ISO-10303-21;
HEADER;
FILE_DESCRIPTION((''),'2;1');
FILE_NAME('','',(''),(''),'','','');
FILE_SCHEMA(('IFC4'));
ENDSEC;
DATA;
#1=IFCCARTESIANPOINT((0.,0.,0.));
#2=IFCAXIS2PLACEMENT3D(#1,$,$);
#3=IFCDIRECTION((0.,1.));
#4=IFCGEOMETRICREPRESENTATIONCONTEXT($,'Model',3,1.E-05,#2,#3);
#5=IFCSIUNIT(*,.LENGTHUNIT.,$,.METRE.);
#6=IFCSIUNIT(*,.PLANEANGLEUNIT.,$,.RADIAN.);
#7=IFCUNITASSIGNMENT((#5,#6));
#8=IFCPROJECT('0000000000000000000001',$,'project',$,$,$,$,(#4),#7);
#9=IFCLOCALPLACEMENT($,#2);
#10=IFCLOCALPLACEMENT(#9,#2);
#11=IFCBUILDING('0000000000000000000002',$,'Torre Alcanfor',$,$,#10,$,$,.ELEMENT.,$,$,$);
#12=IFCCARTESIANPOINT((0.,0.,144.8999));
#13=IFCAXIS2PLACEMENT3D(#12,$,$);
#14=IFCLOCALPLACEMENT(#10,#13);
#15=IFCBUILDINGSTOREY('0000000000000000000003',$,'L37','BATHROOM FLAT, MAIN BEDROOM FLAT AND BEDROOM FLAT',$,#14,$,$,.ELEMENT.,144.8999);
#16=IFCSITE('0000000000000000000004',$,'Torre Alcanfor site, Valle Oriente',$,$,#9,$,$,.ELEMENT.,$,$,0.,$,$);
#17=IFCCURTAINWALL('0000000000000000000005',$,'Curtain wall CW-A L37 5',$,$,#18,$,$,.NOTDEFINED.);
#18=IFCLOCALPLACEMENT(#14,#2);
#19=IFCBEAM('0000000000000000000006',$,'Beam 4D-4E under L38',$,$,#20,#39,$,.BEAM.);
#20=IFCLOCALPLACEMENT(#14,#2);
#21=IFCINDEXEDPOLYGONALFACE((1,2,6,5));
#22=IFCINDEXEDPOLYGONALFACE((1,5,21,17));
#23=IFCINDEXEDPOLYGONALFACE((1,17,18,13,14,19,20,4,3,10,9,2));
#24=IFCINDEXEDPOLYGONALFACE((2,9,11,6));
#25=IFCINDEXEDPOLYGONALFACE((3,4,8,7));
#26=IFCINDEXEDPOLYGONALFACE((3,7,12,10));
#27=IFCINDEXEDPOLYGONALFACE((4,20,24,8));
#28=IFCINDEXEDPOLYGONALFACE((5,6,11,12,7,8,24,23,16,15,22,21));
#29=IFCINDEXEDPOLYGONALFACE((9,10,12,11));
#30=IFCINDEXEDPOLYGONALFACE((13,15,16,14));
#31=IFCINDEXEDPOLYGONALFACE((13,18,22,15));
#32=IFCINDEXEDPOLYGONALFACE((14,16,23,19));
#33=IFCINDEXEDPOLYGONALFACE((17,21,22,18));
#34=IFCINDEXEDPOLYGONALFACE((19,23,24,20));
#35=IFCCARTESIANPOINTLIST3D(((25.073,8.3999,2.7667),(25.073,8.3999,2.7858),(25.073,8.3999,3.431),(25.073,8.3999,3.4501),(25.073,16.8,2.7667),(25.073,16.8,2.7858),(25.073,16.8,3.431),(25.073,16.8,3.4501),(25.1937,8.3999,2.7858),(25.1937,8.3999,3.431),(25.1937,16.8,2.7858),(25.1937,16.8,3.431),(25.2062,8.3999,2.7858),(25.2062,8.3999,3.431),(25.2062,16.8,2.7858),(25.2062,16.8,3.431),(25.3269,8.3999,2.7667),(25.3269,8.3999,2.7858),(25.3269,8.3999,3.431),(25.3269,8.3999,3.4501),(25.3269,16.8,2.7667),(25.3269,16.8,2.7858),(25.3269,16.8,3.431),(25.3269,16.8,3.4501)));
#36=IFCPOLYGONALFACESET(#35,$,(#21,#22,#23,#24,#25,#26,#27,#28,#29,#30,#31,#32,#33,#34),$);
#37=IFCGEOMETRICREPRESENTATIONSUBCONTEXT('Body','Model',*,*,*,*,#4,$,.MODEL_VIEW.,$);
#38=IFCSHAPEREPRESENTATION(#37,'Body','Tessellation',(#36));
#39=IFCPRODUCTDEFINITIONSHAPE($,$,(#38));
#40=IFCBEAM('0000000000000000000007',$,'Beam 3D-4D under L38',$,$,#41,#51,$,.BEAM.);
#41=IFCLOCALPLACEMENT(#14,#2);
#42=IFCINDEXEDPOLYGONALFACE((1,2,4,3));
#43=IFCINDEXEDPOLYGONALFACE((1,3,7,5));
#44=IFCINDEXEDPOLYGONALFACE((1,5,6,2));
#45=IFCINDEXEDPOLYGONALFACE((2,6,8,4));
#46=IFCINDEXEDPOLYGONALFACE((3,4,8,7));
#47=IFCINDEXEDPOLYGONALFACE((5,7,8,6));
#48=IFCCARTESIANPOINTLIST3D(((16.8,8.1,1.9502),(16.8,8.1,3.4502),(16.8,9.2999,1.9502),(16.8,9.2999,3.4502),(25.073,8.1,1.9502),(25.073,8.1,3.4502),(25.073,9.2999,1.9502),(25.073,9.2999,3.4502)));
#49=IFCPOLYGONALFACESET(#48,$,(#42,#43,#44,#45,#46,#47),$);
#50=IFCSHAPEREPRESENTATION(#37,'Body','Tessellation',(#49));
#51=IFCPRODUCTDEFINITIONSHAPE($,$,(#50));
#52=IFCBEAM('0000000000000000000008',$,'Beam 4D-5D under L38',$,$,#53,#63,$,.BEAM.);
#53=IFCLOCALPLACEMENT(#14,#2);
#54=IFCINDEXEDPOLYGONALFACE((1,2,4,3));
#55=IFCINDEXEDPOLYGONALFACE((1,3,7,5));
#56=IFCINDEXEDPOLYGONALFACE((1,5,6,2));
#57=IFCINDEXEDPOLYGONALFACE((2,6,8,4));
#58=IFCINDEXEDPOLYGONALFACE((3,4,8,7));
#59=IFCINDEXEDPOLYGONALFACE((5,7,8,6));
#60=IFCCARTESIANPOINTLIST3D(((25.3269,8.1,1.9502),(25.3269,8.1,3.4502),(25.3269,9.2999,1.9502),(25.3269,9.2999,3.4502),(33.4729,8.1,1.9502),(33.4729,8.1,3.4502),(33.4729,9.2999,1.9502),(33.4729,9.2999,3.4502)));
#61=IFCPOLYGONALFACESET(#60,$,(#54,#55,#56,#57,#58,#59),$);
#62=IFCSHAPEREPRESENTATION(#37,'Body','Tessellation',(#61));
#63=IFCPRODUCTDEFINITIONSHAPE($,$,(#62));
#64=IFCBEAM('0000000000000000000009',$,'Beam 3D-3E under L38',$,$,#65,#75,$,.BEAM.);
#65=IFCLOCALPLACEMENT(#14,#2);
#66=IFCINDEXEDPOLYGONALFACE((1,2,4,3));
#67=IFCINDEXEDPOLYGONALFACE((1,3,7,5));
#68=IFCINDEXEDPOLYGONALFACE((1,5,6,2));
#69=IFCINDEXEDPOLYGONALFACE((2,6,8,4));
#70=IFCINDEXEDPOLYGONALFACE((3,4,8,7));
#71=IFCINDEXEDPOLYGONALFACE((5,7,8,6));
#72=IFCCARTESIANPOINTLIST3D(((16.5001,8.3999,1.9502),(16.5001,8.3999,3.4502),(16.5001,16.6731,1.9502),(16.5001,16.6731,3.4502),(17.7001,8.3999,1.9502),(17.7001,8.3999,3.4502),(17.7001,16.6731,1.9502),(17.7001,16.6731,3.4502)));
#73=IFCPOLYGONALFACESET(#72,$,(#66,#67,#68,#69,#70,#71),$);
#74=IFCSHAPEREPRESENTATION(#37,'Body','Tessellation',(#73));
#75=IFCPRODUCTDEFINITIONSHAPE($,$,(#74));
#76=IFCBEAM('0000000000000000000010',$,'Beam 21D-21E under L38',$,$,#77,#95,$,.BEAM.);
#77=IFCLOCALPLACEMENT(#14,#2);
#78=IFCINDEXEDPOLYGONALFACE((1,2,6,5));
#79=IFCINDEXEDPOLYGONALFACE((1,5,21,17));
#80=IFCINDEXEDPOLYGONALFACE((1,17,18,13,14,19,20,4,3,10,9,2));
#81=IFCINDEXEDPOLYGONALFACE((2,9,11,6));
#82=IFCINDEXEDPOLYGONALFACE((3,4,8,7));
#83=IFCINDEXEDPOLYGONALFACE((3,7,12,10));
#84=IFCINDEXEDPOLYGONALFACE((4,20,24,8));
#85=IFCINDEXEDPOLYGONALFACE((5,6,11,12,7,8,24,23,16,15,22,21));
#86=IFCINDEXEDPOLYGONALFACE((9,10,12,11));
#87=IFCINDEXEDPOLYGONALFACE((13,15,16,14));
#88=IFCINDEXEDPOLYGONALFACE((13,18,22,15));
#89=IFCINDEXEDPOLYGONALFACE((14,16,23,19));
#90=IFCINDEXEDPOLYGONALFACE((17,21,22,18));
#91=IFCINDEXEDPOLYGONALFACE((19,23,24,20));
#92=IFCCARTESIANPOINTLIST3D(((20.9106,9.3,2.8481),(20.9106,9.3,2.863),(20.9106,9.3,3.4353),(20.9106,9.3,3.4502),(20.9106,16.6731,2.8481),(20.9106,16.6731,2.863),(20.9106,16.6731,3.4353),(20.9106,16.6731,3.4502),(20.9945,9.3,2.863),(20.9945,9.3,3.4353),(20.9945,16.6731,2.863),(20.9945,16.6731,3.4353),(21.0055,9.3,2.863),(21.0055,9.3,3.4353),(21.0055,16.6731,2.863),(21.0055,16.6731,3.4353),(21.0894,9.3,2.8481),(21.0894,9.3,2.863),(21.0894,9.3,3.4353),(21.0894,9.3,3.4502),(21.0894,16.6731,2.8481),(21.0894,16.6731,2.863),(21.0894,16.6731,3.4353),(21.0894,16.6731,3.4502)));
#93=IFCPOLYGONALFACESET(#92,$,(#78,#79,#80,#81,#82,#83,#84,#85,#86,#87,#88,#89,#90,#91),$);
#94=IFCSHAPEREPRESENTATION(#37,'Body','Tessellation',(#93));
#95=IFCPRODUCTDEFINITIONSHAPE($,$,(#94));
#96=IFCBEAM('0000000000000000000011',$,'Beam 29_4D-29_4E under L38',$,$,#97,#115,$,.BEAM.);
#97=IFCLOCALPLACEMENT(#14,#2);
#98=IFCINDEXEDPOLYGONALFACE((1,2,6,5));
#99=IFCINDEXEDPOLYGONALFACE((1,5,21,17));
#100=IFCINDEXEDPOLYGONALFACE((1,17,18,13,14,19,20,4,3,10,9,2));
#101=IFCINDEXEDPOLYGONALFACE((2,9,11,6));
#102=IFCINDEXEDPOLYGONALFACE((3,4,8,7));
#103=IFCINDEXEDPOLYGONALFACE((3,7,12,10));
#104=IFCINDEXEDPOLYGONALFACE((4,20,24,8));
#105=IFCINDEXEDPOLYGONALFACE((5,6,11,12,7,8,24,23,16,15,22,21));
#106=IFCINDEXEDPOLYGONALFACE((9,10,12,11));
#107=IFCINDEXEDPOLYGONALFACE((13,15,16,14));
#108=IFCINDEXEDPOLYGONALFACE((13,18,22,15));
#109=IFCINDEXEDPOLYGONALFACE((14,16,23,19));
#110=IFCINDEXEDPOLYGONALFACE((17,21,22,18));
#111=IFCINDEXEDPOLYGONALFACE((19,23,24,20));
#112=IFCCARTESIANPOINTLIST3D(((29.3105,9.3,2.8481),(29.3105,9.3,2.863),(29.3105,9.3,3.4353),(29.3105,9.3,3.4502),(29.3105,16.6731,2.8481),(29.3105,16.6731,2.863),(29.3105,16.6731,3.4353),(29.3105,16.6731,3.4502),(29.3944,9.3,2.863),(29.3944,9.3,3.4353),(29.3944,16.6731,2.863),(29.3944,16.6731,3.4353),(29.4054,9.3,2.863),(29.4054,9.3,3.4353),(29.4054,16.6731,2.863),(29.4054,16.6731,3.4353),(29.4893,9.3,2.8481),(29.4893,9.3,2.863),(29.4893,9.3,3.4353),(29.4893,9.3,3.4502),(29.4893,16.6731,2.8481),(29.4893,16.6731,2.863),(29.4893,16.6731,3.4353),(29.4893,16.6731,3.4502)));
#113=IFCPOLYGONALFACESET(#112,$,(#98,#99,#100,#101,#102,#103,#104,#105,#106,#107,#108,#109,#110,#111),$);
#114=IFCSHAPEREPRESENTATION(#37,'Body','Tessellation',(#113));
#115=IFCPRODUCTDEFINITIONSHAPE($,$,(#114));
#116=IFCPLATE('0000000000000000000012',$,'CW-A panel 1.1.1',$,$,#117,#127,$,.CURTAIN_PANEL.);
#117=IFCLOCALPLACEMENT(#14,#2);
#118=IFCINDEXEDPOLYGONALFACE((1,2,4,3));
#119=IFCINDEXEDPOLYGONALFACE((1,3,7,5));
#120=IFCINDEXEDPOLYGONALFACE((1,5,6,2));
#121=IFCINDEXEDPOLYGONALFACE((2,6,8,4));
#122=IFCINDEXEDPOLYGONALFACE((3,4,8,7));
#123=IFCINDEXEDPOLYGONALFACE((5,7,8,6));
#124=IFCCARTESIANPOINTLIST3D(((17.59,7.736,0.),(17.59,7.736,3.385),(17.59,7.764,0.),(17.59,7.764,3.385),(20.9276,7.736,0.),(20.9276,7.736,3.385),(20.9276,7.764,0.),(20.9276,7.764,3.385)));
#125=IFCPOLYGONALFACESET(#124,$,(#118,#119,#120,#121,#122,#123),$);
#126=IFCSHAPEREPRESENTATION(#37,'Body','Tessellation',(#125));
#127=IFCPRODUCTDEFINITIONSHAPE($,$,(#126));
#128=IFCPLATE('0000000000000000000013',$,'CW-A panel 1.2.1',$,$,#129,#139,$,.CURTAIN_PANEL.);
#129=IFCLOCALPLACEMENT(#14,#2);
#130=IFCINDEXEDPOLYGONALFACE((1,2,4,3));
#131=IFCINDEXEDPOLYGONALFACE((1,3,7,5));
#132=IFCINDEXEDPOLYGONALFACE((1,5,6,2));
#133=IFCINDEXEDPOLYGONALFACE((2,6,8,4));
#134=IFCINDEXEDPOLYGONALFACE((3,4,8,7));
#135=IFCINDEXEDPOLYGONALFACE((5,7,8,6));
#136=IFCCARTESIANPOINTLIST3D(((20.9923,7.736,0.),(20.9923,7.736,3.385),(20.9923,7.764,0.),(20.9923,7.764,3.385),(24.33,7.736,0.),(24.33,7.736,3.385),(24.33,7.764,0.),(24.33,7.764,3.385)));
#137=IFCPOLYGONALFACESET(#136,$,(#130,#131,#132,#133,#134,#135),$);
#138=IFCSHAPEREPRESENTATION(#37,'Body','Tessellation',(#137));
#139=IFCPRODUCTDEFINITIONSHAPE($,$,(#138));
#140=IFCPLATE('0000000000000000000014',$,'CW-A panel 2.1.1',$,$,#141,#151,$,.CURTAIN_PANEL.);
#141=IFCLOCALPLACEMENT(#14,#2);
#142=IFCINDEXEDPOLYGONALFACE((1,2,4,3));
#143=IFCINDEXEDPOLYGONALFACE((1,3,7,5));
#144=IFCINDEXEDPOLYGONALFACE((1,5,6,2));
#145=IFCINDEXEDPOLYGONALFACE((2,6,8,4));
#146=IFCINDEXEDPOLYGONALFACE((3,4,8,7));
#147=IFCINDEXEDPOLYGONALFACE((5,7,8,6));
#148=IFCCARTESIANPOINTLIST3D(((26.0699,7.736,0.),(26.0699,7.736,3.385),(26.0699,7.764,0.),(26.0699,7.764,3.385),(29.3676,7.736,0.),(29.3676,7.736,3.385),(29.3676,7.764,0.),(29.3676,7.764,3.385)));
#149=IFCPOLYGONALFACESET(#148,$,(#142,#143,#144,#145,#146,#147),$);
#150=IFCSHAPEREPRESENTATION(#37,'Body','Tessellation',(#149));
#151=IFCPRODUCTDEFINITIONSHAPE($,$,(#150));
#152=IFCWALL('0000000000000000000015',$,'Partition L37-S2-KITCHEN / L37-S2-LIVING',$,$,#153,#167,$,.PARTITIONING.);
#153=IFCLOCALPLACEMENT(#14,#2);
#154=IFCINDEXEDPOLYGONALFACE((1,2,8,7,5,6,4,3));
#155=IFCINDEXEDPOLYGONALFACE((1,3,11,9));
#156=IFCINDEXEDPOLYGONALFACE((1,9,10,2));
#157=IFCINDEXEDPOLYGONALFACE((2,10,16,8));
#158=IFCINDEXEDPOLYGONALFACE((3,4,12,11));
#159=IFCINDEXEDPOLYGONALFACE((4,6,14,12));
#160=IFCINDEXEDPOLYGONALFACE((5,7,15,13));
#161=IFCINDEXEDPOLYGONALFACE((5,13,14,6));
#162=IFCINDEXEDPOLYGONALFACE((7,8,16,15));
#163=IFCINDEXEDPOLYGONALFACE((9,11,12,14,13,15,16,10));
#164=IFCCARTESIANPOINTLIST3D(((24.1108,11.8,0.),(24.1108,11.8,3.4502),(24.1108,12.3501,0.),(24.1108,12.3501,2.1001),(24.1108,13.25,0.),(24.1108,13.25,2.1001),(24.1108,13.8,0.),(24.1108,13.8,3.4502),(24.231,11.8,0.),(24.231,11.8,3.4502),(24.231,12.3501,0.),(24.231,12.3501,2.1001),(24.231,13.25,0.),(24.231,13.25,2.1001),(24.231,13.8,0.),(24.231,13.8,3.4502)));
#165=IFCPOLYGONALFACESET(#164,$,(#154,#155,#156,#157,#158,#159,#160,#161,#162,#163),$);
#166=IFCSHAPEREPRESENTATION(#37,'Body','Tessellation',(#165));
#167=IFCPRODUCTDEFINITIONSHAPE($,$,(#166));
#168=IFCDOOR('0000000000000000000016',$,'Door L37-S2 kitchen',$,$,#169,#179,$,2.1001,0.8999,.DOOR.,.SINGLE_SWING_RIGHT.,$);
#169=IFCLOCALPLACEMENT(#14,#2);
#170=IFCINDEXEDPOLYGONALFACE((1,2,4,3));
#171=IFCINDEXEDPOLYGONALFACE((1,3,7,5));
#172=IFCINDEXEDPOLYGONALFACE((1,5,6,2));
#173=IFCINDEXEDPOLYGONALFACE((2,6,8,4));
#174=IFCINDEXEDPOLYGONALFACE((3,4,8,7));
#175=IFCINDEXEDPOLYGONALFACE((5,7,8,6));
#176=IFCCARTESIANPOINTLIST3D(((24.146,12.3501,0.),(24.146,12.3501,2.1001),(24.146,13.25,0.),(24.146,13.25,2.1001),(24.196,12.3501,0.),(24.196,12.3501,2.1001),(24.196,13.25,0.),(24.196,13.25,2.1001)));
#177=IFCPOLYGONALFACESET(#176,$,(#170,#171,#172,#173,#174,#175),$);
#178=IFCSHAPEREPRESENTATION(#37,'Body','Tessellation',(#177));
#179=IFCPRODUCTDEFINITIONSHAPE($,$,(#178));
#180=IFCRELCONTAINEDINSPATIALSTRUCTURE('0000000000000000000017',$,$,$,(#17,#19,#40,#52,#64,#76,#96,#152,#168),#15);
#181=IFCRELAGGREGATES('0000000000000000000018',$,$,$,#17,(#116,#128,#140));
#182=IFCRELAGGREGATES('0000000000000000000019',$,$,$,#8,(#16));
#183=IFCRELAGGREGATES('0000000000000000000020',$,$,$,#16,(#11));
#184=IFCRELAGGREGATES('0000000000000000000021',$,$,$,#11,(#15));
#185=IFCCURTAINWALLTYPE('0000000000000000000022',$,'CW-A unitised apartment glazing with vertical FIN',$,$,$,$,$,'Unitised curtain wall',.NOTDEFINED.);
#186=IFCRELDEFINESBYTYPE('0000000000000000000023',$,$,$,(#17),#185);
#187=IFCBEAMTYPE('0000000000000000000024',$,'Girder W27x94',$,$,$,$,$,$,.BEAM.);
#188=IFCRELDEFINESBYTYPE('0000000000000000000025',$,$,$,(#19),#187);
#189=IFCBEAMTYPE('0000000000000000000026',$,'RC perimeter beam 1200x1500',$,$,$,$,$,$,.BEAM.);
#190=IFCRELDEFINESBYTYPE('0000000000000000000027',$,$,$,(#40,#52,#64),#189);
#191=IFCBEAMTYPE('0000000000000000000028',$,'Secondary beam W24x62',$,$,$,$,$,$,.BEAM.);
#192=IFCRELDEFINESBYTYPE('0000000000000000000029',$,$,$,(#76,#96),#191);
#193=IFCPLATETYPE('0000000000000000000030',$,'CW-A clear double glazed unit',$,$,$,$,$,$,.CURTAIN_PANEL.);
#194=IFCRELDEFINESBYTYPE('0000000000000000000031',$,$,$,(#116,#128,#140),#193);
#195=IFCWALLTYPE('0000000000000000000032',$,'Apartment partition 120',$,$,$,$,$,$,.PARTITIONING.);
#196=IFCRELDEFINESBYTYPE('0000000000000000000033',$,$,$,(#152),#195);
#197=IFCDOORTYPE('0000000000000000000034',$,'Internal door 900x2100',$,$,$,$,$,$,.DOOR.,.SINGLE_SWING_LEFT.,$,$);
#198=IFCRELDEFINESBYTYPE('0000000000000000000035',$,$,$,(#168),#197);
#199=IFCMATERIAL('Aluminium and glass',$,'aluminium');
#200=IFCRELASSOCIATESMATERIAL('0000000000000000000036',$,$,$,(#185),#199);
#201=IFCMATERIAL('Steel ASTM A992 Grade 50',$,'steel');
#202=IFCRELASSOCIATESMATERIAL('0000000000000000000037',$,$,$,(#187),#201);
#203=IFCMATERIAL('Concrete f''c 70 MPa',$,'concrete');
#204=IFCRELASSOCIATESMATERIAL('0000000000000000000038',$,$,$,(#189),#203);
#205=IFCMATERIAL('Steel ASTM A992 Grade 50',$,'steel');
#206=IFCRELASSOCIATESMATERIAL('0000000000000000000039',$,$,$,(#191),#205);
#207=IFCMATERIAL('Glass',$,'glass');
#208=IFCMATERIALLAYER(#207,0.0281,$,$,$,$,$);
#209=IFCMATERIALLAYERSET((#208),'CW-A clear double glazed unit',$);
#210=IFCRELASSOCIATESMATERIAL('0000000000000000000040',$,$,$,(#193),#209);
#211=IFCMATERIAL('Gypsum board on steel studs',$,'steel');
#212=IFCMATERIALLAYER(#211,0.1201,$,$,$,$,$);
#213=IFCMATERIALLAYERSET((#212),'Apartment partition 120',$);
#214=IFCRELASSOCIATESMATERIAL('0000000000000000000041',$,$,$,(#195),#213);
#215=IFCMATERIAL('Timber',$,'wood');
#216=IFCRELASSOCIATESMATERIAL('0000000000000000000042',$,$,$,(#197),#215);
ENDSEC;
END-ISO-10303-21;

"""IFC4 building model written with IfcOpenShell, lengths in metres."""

from ifc_helpers import new_model, si_unit, direction, frame, frame_2d, origin, origin_2d, place, context, subcontext, project, spatial, rectangle, i_section, extrude, material, layer, layer_set, material_profile, profile_set, type_object, element, fill, aggregate, save


model = new_model("IFC4")

# Units and contexts
model_context = context("Model", 3, precision=1e-05, world=origin(), true_north=direction((0.0, 1.0)))
body_context = subcontext(model_context, "Body", "Model", "MODEL_VIEW")
ifc_project = project(units=[si_unit("LENGTHUNIT", "METRE"), si_unit("PLANEANGLEUNIT", "RADIAN")], contexts=[model_context])

# Site, building, storey
site_placement = place(None, origin())
site = spatial("IfcSite", under=ifc_project, at=site_placement, Name="Torre Alcanfor site, Valle Oriente", CompositionType="ELEMENT", RefElevation=0.0)
building_placement = place(site_placement, origin())
building = spatial("IfcBuilding", under=site, at=building_placement, Name="Torre Alcanfor", CompositionType="ELEMENT")
storey_placement = place(building_placement, frame((0.0, 0.0, 144.8999)))
storey = spatial("IfcBuildingStorey", under=building, at=storey_placement, Name="L37", Description="BATHROOM FLAT, MAIN BEDROOM FLAT AND BEDROOM FLAT", CompositionType="ELEMENT", Elevation=144.8999)

# Curtain wall
ifc_material_1 = material(Name="Aluminium and glass", Category="aluminium")
curtain_wall_type = type_object("IfcCurtainWallType", Name="CW-A unitised apartment glazing with vertical FIN", ElementType="Unitised curtain wall", PredefinedType="NOTDEFINED", material=ifc_material_1)
curtain_wall_placement = place(storey_placement, origin())
curtain_wall = element("IfcCurtainWall", 1, at=curtain_wall_placement, inside=storey, type_object=curtain_wall_type, Name="Curtain wall CW-A L37 5", PredefinedType="NOTDEFINED")

# Beams
ifc_material_2 = material(Name="Steel ASTM A992 Grade 50", Category="steel")
ifc_material_profile_1 = material_profile(ifc_material_2, i_section(OverallWidth=0.2539, OverallDepth=0.6833, WebThickness=0.0125, FlangeThickness=0.019, at=origin_2d()), Name="W27x94")
ifc_profile_set_1 = profile_set([ifc_material_profile_1], Name="Steel ASTM A992 Grade 50")
beam_type_1 = type_object("IfcBeamType", Name="Girder W27x94", PredefinedType="BEAM", material=ifc_profile_set_1)
beam_1_placement = place(storey_placement, frame((25.2, 8.3999, 3.1084), z_axis=(0.0, 1.0, 0.0), x_axis=(-1.0, 0.0, 0.0)))
element("IfcBeam", 2, at=beam_1_placement, inside=storey, type_object=beam_type_1, Name="Beam 4D-4E under L38", PredefinedType="BEAM", context=body_context, shape_type="SweptSolid", body=[
    extrude(i_section(OverallWidth=0.2539, OverallDepth=0.6833, WebThickness=0.0125, FlangeThickness=0.019, at=origin_2d()), origin(), (0.0, 0.0, 1.0), 8.4001),
])
ifc_material_3 = material(Name="Concrete f'c 70 MPa", Category="concrete")
ifc_material_profile_2 = material_profile(ifc_material_3, rectangle(XDim=1.2, YDim=1.5, at=origin_2d()), Name="1200x1500")
ifc_profile_set_2 = profile_set([ifc_material_profile_2], Name="Concrete f'c 70 MPa")
beam_type_2 = type_object("IfcBeamType", Name="RC perimeter beam 1200x1500", PredefinedType="BEAM", material=ifc_profile_set_2)
beam_2_placement = place(storey_placement, frame((16.8, 8.7, 2.7002), z_axis=(1.0, 0.0, 0.0), x_axis=(0.0, 1.0, 0.0)))
element("IfcBeam", 3, at=beam_2_placement, inside=storey, type_object=beam_type_2, Name="Beam 3D-4D under L38", PredefinedType="BEAM", context=body_context, shape_type="SweptSolid", body=[
    extrude(rectangle(XDim=1.2, YDim=1.5, at=origin_2d()), origin(), (0.0, 0.0, 1.0), 8.2729),
])
beam_3_placement = place(storey_placement, frame((25.3269, 8.7, 2.7002), z_axis=(1.0, 0.0, 0.0), x_axis=(0.0, 1.0, 0.0)))
element("IfcBeam", 4, at=beam_3_placement, inside=storey, type_object=beam_type_2, Name="Beam 4D-5D under L38", PredefinedType="BEAM", context=body_context, shape_type="SweptSolid", body=[
    extrude(rectangle(XDim=1.2, YDim=1.5, at=origin_2d()), origin(), (0.0, 0.0, 1.0), 8.146),
])
beam_4_placement = place(storey_placement, frame((17.1001, 8.3999, 2.7002), z_axis=(0.0, 1.0, 0.0), x_axis=(-1.0, 0.0, 0.0)))
element("IfcBeam", 5, at=beam_4_placement, inside=storey, type_object=beam_type_2, Name="Beam 3D-3E under L38", PredefinedType="BEAM", context=body_context, shape_type="SweptSolid", body=[
    extrude(rectangle(XDim=1.2, YDim=1.5, at=origin_2d()), origin(), (0.0, 0.0, 1.0), 8.2732),
])
ifc_material_4 = material(Name="Steel ASTM A992 Grade 50", Category="steel")
ifc_material_profile_3 = material_profile(ifc_material_4, i_section(OverallWidth=0.1787, OverallDepth=0.6021, WebThickness=0.011, FlangeThickness=0.0149, at=origin_2d()), Name="W24x62")
ifc_profile_set_3 = profile_set([ifc_material_profile_3], Name="Steel ASTM A992 Grade 50")
beam_type_3 = type_object("IfcBeamType", Name="Secondary beam W24x62", PredefinedType="BEAM", material=ifc_profile_set_3)
for number, where, z_axis, x_axis, name in (
    (6, (21.0, 9.3, 3.1492), (0.0, 1.0, 0.0), (-1.0, 0.0, 0.0), "Beam 21D-21E under L38"),
    (7, (29.3999, 9.3, 3.1492), (0.0, 1.0, 0.0), (-1.0, 0.0, 0.0), "Beam 29_4D-29_4E under L38"),
):
    element("IfcBeam", number, at=place(storey_placement, frame(where, z_axis=z_axis, x_axis=x_axis)), inside=storey, type_object=beam_type_3, Name=name, PredefinedType="BEAM", context=body_context, shape_type="SweptSolid", body=[
        extrude(i_section(OverallWidth=0.1787, OverallDepth=0.6021, WebThickness=0.011, FlangeThickness=0.0149, at=origin_2d()), origin(), (0.0, 0.0, 1.0), 7.373),
    ])

# Plates
ifc_material_5 = material(Name="Glass", Category="glass")
ifc_layer_1 = layer(ifc_material_5, 0.0281)
ifc_layer_set_1 = layer_set([ifc_layer_1], Name="CW-A clear double glazed unit")
plate_type = type_object("IfcPlateType", Name="CW-A clear double glazed unit", PredefinedType="CURTAIN_PANEL", material=ifc_layer_set_1)
plate_1_placement = place(storey_placement, frame((19.2588, 7.75, 0.0), z_axis=(0.0, 0.0, 1.0), x_axis=(1.0, 0.0, 0.0)))
plate_1 = element("IfcPlate", 8, at=plate_1_placement, type_object=plate_type, Name="CW-A panel 1.1.1", PredefinedType="CURTAIN_PANEL", context=body_context, shape_type="SweptSolid", body=[
    extrude(rectangle(XDim=3.3376, YDim=0.0281, at=origin_2d()), origin(), (0.0, 0.0, 1.0), 3.385),
])
plate_2_placement = place(storey_placement, frame((22.6611, 7.75, 0.0), z_axis=(0.0, 0.0, 1.0), x_axis=(1.0, 0.0, 0.0)))
plate_2 = element("IfcPlate", 9, at=plate_2_placement, type_object=plate_type, Name="CW-A panel 1.2.1", PredefinedType="CURTAIN_PANEL", context=body_context, shape_type="SweptSolid", body=[
    extrude(rectangle(XDim=3.3376, YDim=0.0281, at=origin_2d()), origin(), (0.0, 0.0, 1.0), 3.385),
])
plate_3_placement = place(storey_placement, frame((27.7188, 7.75, 0.0), z_axis=(0.0, 0.0, 1.0), x_axis=(1.0, 0.0, 0.0)))
plate_3 = element("IfcPlate", 10, at=plate_3_placement, type_object=plate_type, Name="CW-A panel 2.1.1", PredefinedType="CURTAIN_PANEL", context=body_context, shape_type="SweptSolid", body=[
    extrude(rectangle(XDim=3.2976, YDim=0.0281, at=origin_2d()), origin(), (0.0, 0.0, 1.0), 3.385),
])
aggregate(curtain_wall, [plate_1, plate_2, plate_3])

# Wall, opening, door
ifc_material_6 = material(Name="Gypsum board on steel studs", Category="steel")
ifc_layer_2 = layer(ifc_material_6, 0.1201)
ifc_layer_set_2 = layer_set([ifc_layer_2], Name="Apartment partition 120")
wall_type_1 = type_object("IfcWallType", Name="Apartment partition 120", PredefinedType="PARTITIONING", material=ifc_layer_set_2)
wall_1_placement = place(storey_placement, frame((24.1709, 11.8, 0.0), z_axis=(0.0, 0.0, 1.0), x_axis=(0.0, 1.0, 0.0)))
wall_1 = element("IfcWall", 11, at=wall_1_placement, inside=storey, type_object=wall_type_1, Name="Partition L37-S2-KITCHEN / L37-S2-LIVING", PredefinedType="PARTITIONING", context=body_context, shape_type="SweptSolid", body=[
    extrude(rectangle(XDim=2.0, YDim=0.1201, at=frame_2d((1.0, 0.0))), origin(), (0.0, 0.0, 1.0), 3.4502),
])
opening_1_placement = place(wall_1_placement, frame((0.55, 0.0, 0.0)))
opening_1 = element("IfcOpeningElement", 12, at=opening_1_placement, cuts=wall_1, PredefinedType="OPENING", context=body_context, shape_type="SweptSolid", body=[
    extrude(rectangle(XDim=0.8999, YDim=2.1001, at=frame_2d((0.45, 1.05))), frame((0.0, 0.0701, 0.0), z_axis=(0.0, -1.0, 0.0), x_axis=(1.0, 0.0, 0.0)), (0.0, 0.0, 1.0), 0.1401),
])
ifc_material_7 = material(Name="Timber", Category="wood")
door_type_1 = type_object("IfcDoorType", Name="Internal door 900x2100", OperationType="SINGLE_SWING_LEFT", PredefinedType="DOOR", material=ifc_material_7)
door_1_placement = place(opening_1_placement, frame((0.8999, 0.0, 0.0), z_axis=(0.0, 0.0, 1.0), x_axis=(-1.0, 0.0, 0.0)))
door_1 = element("IfcDoor", 13, at=door_1_placement, inside=storey, type_object=door_type_1, Name="Door L37-S2 kitchen", OperationType="SINGLE_SWING_RIGHT", OverallHeight=2.1001, OverallWidth=0.8999, PredefinedType="DOOR", context=body_context, shape_type="SweptSolid", body=[
    extrude(rectangle(XDim=0.8999, YDim=2.1001, at=frame_2d((0.45, 1.05))), frame((0.0, 0.0251, 0.0), z_axis=(0.0, -1.0, 0.0), x_axis=(1.0, 0.0, 0.0)), (0.0, 0.0, 1.0), 0.05),
])
fill(opening_1, door_1)

save(model, "model.ifc")
